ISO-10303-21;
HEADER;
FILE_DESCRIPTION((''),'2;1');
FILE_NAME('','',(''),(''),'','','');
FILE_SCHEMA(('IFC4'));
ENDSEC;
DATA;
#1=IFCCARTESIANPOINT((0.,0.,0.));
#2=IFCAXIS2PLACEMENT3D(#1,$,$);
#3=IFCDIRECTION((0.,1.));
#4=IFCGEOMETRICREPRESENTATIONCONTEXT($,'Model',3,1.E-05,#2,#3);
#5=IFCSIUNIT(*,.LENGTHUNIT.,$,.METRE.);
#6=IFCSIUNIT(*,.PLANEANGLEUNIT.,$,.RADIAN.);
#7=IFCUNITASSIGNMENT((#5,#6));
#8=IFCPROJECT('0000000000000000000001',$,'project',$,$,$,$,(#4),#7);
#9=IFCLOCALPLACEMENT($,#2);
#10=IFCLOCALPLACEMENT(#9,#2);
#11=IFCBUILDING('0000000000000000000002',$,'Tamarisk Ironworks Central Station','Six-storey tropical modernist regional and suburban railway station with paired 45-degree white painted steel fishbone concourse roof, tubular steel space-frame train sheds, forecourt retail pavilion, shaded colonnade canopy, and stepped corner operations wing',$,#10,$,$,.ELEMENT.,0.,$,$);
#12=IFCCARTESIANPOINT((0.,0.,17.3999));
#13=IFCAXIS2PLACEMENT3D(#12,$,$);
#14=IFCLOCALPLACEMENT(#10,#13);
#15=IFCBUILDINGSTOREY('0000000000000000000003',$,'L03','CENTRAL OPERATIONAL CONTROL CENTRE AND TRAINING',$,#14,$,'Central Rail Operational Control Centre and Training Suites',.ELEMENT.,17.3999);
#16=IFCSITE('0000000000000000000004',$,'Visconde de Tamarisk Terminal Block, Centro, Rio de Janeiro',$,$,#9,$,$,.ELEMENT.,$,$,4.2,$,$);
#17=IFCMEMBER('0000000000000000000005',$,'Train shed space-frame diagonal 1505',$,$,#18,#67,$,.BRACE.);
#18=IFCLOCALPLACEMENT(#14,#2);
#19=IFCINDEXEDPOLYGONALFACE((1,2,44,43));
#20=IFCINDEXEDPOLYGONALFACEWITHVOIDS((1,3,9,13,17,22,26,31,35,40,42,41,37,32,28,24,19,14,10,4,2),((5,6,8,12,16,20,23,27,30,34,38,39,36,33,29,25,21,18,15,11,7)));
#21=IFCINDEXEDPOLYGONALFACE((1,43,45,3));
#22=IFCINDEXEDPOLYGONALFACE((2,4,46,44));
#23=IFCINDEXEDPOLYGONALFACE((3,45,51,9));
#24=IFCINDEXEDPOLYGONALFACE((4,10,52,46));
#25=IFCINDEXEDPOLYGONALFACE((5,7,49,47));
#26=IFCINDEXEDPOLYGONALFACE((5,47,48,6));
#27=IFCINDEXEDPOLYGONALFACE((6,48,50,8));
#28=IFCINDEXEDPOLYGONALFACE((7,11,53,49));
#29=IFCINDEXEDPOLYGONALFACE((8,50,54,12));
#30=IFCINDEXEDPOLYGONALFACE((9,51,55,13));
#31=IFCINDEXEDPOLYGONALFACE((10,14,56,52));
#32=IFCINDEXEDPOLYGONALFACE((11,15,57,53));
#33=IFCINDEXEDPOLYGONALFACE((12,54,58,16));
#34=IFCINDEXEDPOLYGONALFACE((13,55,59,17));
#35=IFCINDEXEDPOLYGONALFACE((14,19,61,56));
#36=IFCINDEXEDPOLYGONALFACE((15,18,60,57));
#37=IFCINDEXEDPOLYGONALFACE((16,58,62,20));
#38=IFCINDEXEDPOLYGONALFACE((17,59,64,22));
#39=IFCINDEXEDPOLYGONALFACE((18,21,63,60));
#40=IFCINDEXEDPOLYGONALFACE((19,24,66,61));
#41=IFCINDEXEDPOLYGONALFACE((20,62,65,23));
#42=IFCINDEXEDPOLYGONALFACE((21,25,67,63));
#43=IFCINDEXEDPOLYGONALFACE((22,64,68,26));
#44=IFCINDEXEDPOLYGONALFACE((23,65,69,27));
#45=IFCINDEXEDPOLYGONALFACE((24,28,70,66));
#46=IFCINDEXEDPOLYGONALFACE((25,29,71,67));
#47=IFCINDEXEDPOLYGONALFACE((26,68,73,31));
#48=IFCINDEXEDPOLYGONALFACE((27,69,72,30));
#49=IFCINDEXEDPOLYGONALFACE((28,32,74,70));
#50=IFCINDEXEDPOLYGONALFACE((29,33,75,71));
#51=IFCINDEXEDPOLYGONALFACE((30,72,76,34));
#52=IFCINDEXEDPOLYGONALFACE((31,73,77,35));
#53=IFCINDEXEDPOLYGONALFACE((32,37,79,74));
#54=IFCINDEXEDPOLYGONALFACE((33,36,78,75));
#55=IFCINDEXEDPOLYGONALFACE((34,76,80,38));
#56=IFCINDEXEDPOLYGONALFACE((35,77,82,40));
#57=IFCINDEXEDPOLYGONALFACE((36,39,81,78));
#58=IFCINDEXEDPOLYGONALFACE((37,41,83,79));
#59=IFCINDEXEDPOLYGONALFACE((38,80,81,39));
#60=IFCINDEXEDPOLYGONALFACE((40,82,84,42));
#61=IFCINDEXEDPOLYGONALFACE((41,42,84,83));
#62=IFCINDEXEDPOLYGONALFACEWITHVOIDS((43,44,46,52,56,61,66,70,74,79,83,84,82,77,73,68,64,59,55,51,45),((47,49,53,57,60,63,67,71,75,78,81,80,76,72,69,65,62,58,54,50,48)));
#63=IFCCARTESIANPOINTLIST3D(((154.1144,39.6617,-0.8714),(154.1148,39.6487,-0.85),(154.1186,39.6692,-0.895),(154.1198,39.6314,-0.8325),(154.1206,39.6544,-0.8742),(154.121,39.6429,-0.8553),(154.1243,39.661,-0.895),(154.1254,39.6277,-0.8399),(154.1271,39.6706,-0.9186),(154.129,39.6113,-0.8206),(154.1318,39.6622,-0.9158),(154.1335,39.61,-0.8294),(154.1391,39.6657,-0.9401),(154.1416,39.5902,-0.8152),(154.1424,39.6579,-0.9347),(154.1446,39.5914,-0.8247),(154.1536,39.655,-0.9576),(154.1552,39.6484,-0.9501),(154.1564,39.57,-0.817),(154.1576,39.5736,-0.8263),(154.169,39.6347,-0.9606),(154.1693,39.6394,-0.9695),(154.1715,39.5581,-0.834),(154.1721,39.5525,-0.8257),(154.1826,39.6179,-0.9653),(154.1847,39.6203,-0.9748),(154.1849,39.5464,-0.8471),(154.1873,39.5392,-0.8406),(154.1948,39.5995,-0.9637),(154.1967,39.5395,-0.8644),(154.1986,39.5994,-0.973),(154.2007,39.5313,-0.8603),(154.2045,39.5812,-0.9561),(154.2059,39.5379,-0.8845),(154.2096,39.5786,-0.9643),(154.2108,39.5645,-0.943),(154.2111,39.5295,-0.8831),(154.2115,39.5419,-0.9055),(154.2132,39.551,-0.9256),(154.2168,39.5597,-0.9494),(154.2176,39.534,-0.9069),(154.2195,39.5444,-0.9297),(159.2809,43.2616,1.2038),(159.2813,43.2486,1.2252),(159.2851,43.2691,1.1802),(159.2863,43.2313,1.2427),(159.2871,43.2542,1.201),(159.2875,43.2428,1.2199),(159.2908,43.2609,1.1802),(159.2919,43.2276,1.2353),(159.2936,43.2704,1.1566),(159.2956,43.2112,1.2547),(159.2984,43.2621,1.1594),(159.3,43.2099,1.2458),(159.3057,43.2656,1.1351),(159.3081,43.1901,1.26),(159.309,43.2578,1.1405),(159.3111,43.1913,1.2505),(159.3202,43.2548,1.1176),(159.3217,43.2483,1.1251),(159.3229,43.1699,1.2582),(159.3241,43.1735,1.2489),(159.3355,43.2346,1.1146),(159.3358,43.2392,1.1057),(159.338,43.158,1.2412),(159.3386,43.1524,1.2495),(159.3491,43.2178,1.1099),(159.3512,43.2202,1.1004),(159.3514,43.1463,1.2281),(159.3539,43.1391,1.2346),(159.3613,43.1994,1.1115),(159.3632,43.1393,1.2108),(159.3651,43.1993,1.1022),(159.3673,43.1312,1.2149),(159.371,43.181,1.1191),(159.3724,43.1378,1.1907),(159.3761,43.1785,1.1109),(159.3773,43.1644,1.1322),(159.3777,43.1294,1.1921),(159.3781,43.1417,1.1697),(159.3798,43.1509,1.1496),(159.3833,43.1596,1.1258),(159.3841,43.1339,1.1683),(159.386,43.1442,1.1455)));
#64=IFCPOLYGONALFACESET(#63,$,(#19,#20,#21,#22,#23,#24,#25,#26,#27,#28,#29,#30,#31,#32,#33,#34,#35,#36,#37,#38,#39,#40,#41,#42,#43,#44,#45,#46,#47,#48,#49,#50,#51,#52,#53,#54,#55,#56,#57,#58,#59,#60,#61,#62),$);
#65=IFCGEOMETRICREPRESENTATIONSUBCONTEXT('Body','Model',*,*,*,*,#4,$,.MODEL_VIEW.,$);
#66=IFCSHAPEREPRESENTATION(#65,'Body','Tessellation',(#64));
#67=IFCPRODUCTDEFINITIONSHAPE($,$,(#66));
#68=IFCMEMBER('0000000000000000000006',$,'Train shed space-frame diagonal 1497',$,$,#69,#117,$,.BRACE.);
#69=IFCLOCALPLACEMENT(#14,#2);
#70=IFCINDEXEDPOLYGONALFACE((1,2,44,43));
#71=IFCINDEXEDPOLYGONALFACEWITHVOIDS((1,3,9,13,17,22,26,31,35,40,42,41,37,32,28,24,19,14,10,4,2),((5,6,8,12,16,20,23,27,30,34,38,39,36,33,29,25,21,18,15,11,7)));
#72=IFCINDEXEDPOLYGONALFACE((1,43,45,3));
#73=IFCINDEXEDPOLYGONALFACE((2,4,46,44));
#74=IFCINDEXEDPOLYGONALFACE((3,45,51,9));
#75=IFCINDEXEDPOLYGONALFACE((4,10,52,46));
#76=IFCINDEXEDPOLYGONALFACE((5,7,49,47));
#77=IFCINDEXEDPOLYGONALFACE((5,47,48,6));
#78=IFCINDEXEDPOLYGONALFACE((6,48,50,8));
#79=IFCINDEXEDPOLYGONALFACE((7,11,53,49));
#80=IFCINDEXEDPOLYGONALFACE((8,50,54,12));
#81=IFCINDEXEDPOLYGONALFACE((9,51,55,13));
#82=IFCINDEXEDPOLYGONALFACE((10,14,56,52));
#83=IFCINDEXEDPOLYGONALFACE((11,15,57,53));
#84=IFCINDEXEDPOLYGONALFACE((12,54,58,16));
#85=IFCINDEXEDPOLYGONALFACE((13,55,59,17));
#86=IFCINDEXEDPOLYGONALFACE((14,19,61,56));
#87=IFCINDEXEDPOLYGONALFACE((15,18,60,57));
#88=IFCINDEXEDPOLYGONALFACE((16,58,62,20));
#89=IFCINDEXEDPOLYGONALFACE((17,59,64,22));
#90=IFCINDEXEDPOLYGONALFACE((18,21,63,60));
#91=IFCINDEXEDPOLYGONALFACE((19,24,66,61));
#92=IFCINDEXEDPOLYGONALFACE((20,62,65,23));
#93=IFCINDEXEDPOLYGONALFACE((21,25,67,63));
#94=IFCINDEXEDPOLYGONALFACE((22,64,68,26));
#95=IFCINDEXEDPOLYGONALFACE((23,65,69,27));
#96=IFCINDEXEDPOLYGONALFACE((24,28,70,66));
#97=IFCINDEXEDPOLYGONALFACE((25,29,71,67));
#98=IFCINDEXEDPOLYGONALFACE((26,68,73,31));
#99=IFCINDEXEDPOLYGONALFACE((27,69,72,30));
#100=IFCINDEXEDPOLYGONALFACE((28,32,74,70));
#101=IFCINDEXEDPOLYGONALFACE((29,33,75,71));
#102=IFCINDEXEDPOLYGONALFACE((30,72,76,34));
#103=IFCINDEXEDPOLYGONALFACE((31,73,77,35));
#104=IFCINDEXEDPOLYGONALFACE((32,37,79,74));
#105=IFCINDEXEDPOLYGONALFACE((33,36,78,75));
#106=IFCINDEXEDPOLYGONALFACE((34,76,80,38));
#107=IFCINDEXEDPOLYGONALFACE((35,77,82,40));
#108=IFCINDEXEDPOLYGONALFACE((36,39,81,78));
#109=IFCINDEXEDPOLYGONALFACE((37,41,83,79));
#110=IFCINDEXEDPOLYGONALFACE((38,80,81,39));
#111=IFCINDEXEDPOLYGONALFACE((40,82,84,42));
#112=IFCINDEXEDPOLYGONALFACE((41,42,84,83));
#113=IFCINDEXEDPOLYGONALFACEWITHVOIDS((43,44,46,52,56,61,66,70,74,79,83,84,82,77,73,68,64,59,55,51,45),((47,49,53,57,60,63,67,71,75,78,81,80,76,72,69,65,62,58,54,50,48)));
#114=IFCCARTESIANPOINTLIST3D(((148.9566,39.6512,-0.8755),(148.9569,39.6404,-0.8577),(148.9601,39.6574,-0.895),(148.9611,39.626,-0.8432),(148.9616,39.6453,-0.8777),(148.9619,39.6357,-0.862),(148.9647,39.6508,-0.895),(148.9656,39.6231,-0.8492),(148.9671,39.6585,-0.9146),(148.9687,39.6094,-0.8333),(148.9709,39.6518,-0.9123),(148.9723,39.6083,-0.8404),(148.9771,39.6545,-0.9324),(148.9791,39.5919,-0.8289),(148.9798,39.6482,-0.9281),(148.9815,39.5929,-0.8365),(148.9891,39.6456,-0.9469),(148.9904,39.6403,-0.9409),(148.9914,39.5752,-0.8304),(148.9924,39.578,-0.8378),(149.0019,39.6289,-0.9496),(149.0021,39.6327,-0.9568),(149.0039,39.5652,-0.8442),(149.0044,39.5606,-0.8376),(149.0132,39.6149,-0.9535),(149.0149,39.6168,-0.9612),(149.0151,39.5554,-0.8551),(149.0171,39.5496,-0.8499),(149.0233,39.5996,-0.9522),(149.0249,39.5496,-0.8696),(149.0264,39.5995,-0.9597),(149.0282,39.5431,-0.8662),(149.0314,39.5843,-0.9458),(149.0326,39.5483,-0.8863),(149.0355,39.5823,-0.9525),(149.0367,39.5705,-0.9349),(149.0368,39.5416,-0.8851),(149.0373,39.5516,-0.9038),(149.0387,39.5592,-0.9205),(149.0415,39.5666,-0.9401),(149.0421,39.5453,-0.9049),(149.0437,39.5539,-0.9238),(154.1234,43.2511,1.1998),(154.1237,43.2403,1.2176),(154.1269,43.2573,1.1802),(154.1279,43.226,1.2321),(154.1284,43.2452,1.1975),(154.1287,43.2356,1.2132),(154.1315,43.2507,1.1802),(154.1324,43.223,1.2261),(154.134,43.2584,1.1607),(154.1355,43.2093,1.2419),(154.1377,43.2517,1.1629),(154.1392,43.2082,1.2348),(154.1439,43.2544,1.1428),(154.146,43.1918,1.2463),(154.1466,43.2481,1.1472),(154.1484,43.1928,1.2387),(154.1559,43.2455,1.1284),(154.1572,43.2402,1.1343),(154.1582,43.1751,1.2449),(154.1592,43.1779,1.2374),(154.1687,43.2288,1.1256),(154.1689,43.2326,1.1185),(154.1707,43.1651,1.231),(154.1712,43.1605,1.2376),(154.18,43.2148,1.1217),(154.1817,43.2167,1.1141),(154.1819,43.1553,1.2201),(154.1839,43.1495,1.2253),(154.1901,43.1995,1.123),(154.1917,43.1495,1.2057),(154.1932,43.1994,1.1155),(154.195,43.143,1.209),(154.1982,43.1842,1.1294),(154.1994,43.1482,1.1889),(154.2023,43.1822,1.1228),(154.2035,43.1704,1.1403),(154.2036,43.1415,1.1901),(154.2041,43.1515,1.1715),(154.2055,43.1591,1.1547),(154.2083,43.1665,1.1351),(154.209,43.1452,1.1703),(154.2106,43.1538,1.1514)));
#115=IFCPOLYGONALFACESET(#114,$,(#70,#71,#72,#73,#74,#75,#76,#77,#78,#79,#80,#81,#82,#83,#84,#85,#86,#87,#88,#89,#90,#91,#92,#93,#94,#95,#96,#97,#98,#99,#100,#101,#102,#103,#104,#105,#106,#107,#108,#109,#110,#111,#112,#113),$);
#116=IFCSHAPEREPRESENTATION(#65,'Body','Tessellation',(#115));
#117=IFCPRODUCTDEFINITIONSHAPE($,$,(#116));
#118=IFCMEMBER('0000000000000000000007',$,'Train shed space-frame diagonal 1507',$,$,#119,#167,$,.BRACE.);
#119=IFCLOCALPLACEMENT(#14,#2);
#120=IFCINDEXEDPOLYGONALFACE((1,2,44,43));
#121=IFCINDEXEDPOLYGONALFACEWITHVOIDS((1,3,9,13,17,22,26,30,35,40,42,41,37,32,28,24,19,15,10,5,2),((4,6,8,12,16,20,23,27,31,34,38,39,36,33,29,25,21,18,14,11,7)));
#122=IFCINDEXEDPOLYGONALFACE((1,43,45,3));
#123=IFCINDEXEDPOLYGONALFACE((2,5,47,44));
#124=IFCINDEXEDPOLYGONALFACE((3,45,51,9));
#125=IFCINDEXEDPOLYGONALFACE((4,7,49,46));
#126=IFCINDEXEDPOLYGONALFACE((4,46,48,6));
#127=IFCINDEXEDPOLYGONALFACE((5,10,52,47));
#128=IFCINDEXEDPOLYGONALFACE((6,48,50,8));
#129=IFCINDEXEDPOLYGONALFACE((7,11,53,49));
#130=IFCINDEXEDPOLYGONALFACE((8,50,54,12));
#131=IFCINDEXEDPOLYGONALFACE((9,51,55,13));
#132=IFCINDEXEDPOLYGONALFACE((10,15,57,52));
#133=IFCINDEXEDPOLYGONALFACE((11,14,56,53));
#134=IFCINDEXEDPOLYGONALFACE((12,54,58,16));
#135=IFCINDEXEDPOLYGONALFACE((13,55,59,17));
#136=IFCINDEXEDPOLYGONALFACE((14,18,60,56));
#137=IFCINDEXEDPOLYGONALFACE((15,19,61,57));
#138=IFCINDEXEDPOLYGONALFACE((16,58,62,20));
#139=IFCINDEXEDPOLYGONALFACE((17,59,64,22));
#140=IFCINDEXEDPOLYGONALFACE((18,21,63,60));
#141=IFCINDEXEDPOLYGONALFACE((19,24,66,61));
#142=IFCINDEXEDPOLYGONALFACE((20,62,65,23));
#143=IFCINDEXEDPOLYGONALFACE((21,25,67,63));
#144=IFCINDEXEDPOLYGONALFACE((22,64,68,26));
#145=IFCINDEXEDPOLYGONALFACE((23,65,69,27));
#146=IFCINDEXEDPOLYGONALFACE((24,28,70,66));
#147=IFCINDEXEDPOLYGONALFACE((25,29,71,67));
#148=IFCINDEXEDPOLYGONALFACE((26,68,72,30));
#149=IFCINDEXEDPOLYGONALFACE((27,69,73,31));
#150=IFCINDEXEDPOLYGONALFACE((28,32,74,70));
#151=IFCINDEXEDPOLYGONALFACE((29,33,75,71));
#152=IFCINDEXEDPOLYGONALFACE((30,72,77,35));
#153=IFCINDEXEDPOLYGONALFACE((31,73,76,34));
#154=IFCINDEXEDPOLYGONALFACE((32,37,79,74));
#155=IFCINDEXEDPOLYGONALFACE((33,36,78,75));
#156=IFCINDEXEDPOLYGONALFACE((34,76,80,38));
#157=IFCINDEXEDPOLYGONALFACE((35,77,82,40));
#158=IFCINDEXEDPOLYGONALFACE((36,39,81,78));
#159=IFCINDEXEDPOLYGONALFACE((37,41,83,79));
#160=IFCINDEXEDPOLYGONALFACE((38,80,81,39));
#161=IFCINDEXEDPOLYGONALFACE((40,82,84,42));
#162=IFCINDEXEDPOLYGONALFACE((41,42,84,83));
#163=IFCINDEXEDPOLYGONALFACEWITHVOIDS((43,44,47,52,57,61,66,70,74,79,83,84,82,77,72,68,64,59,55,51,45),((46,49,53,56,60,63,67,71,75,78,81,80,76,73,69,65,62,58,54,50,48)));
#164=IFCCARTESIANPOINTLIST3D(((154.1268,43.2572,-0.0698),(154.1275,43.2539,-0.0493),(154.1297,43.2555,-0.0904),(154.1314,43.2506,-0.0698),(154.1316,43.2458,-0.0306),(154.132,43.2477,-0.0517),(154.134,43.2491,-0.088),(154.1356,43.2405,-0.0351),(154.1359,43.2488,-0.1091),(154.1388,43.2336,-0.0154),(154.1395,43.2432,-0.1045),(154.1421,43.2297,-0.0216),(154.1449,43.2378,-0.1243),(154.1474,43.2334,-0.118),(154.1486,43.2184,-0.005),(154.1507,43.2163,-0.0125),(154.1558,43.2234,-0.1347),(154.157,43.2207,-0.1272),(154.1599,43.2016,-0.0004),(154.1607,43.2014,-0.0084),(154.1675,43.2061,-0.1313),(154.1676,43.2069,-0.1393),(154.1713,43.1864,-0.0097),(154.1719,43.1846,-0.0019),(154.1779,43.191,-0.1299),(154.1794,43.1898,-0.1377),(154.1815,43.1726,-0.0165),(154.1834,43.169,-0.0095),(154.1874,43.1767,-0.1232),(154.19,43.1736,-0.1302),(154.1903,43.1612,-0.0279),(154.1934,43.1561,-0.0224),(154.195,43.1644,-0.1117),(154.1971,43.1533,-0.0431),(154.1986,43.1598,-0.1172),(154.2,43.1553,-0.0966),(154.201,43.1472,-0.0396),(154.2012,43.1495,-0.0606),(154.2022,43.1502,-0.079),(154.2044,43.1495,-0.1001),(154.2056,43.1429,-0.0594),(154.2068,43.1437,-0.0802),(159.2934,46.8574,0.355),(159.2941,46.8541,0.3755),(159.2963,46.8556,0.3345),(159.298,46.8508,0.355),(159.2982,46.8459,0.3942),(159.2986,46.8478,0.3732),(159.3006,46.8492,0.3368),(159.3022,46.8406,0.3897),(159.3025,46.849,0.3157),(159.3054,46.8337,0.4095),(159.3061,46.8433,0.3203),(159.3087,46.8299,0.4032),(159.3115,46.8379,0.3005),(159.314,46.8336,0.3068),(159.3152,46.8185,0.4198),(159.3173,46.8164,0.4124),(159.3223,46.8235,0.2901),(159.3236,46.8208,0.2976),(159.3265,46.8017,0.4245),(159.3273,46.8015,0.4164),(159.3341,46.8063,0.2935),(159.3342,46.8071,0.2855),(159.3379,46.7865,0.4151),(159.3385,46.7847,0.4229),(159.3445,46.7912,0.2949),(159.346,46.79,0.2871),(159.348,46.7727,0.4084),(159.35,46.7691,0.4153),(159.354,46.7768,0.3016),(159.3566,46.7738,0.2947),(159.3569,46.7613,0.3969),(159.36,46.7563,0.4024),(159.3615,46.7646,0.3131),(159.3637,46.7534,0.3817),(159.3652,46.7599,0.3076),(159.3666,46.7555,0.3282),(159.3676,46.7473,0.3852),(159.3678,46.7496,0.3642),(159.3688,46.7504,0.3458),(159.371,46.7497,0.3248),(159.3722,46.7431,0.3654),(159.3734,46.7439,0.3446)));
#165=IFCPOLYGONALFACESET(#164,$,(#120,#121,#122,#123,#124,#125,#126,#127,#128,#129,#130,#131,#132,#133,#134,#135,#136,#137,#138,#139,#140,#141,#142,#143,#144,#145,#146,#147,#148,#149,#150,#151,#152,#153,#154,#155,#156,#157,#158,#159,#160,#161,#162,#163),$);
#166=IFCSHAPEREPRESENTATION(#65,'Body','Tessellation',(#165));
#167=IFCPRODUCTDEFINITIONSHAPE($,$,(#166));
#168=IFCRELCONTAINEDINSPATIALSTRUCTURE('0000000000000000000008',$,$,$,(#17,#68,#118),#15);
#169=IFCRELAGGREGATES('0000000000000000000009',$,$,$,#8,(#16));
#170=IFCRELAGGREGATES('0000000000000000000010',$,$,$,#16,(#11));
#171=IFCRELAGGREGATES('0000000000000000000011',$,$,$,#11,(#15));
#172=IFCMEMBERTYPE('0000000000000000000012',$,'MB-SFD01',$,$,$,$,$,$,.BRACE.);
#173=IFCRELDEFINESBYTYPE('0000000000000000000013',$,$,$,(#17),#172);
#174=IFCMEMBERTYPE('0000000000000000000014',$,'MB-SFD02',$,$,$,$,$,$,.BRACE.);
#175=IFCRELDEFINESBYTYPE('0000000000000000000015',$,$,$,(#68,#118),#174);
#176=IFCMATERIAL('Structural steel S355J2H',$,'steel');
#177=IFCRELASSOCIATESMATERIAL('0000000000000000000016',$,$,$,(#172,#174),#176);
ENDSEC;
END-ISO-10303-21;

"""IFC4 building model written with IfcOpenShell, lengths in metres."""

from ifc_helpers import new_model, si_unit, direction, frame, origin, origin_2d, place, context, subcontext, project, spatial, hollow_circle, extrude, material, material_profile, profile_set, type_object, element, save


model = new_model("IFC4")

# Units and contexts
model_context = context("Model", 3, precision=1e-05, world=origin(), true_north=direction((0.0, 1.0)))
body_context = subcontext(model_context, "Body", "Model", "MODEL_VIEW")
ifc_project = project(units=[si_unit("LENGTHUNIT", "METRE"), si_unit("PLANEANGLEUNIT", "RADIAN")], contexts=[model_context])

# Site, building, storey
site_placement = place(None, origin())
site = spatial("IfcSite", under=ifc_project, at=site_placement, Name="Visconde de Tamarisk Terminal Block, Centro, Rio de Janeiro", CompositionType="ELEMENT", RefElevation=4.2)
building_placement = place(site_placement, origin())
building = spatial("IfcBuilding", under=site, at=building_placement, Name="Tamarisk Ironworks Central Station", Description="Six-storey tropical modernist regional and suburban railway station with paired 45-degree white painted steel fishbone concourse roof, tubular steel space-frame train sheds, forecourt retail pavilion, shaded colonnade canopy, and stepped corner operations wing", CompositionType="ELEMENT", ElevationOfRefHeight=0.0)
storey_placement = place(building_placement, frame((0.0, 0.0, 17.3999)))
storey = spatial("IfcBuildingStorey", under=building, at=storey_placement, Name="L03", Description="CENTRAL OPERATIONAL CONTROL CENTRE AND TRAINING", LongName="Central Rail Operational Control Centre and Training Suites", CompositionType="ELEMENT", Elevation=17.3999)

# Members
ifc_material = material(Name="Structural steel S355J2H", Category="steel")
ifc_material_profile_1 = material_profile(ifc_material, hollow_circle(Radius=0.0842, WallThickness=0.01, at=origin_2d()), Name="CHS 168.3x10")
ifc_profile_set_1 = profile_set([ifc_material_profile_1], Name="Structural steel S355J2H")
member_type_1 = type_object("IfcMemberType", Name="MB-SFD01", PredefinedType="BRACE", material=ifc_profile_set_1)
member_1_placement = place(storey_placement, frame((154.1667, 39.6001, -0.895), z_axis=(0.779251, 0.542957, 0.312996), x_axis=(-0.571681, 0.820476, 0.0)))
element("IfcMember", 1, at=member_1_placement, inside=storey, type_object=member_type_1, Name="Train shed space-frame diagonal 1505", PredefinedType="BRACE", context=body_context, shape_type="SweptSolid", body=[
    extrude(hollow_circle(Radius=0.0842, WallThickness=0.01, at=origin_2d()), origin(), (0.0, 0.0, 1.0), 6.6301),
])
ifc_material_profile_2 = material_profile(ifc_material, hollow_circle(Radius=0.0698, WallThickness=0.0081, at=origin_2d()), Name="CHS 139.7x8")
ifc_profile_set_2 = profile_set([ifc_material_profile_2], Name="Structural steel S355J2H")
member_type_2 = type_object("IfcMemberType", Name="MB-SFD02", PredefinedType="BRACE", material=ifc_profile_set_2)
member_2_placement = place(storey_placement, frame((149.0, 39.6001, -0.895), z_axis=(0.779265, 0.542941, 0.312987), x_axis=(-0.571663, 0.820489, 0.0)))
element("IfcMember", 2, at=member_2_placement, inside=storey, type_object=member_type_2, Name="Train shed space-frame diagonal 1497", PredefinedType="BRACE", context=body_context, shape_type="SweptSolid", body=[
    extrude(hollow_circle(Radius=0.0698, WallThickness=0.0081, at=origin_2d()), origin(), (0.0, 0.0, 1.0), 6.6304),
])
member_3_placement = place(storey_placement, frame((154.1667, 43.2, -0.0698), z_axis=(0.818597, 0.570411, 0.067307), x_axis=(-0.571707, 0.820458, 0.0)))
element("IfcMember", 3, at=member_3_placement, inside=storey, type_object=member_type_2, Name="Train shed space-frame diagonal 1507", PredefinedType="BRACE", context=body_context, shape_type="SweptSolid", body=[
    extrude(hollow_circle(Radius=0.0698, WallThickness=0.0081, at=origin_2d()), origin(), (0.0, 0.0, 1.0), 6.3115),
])

save(model, "model.ifc")
